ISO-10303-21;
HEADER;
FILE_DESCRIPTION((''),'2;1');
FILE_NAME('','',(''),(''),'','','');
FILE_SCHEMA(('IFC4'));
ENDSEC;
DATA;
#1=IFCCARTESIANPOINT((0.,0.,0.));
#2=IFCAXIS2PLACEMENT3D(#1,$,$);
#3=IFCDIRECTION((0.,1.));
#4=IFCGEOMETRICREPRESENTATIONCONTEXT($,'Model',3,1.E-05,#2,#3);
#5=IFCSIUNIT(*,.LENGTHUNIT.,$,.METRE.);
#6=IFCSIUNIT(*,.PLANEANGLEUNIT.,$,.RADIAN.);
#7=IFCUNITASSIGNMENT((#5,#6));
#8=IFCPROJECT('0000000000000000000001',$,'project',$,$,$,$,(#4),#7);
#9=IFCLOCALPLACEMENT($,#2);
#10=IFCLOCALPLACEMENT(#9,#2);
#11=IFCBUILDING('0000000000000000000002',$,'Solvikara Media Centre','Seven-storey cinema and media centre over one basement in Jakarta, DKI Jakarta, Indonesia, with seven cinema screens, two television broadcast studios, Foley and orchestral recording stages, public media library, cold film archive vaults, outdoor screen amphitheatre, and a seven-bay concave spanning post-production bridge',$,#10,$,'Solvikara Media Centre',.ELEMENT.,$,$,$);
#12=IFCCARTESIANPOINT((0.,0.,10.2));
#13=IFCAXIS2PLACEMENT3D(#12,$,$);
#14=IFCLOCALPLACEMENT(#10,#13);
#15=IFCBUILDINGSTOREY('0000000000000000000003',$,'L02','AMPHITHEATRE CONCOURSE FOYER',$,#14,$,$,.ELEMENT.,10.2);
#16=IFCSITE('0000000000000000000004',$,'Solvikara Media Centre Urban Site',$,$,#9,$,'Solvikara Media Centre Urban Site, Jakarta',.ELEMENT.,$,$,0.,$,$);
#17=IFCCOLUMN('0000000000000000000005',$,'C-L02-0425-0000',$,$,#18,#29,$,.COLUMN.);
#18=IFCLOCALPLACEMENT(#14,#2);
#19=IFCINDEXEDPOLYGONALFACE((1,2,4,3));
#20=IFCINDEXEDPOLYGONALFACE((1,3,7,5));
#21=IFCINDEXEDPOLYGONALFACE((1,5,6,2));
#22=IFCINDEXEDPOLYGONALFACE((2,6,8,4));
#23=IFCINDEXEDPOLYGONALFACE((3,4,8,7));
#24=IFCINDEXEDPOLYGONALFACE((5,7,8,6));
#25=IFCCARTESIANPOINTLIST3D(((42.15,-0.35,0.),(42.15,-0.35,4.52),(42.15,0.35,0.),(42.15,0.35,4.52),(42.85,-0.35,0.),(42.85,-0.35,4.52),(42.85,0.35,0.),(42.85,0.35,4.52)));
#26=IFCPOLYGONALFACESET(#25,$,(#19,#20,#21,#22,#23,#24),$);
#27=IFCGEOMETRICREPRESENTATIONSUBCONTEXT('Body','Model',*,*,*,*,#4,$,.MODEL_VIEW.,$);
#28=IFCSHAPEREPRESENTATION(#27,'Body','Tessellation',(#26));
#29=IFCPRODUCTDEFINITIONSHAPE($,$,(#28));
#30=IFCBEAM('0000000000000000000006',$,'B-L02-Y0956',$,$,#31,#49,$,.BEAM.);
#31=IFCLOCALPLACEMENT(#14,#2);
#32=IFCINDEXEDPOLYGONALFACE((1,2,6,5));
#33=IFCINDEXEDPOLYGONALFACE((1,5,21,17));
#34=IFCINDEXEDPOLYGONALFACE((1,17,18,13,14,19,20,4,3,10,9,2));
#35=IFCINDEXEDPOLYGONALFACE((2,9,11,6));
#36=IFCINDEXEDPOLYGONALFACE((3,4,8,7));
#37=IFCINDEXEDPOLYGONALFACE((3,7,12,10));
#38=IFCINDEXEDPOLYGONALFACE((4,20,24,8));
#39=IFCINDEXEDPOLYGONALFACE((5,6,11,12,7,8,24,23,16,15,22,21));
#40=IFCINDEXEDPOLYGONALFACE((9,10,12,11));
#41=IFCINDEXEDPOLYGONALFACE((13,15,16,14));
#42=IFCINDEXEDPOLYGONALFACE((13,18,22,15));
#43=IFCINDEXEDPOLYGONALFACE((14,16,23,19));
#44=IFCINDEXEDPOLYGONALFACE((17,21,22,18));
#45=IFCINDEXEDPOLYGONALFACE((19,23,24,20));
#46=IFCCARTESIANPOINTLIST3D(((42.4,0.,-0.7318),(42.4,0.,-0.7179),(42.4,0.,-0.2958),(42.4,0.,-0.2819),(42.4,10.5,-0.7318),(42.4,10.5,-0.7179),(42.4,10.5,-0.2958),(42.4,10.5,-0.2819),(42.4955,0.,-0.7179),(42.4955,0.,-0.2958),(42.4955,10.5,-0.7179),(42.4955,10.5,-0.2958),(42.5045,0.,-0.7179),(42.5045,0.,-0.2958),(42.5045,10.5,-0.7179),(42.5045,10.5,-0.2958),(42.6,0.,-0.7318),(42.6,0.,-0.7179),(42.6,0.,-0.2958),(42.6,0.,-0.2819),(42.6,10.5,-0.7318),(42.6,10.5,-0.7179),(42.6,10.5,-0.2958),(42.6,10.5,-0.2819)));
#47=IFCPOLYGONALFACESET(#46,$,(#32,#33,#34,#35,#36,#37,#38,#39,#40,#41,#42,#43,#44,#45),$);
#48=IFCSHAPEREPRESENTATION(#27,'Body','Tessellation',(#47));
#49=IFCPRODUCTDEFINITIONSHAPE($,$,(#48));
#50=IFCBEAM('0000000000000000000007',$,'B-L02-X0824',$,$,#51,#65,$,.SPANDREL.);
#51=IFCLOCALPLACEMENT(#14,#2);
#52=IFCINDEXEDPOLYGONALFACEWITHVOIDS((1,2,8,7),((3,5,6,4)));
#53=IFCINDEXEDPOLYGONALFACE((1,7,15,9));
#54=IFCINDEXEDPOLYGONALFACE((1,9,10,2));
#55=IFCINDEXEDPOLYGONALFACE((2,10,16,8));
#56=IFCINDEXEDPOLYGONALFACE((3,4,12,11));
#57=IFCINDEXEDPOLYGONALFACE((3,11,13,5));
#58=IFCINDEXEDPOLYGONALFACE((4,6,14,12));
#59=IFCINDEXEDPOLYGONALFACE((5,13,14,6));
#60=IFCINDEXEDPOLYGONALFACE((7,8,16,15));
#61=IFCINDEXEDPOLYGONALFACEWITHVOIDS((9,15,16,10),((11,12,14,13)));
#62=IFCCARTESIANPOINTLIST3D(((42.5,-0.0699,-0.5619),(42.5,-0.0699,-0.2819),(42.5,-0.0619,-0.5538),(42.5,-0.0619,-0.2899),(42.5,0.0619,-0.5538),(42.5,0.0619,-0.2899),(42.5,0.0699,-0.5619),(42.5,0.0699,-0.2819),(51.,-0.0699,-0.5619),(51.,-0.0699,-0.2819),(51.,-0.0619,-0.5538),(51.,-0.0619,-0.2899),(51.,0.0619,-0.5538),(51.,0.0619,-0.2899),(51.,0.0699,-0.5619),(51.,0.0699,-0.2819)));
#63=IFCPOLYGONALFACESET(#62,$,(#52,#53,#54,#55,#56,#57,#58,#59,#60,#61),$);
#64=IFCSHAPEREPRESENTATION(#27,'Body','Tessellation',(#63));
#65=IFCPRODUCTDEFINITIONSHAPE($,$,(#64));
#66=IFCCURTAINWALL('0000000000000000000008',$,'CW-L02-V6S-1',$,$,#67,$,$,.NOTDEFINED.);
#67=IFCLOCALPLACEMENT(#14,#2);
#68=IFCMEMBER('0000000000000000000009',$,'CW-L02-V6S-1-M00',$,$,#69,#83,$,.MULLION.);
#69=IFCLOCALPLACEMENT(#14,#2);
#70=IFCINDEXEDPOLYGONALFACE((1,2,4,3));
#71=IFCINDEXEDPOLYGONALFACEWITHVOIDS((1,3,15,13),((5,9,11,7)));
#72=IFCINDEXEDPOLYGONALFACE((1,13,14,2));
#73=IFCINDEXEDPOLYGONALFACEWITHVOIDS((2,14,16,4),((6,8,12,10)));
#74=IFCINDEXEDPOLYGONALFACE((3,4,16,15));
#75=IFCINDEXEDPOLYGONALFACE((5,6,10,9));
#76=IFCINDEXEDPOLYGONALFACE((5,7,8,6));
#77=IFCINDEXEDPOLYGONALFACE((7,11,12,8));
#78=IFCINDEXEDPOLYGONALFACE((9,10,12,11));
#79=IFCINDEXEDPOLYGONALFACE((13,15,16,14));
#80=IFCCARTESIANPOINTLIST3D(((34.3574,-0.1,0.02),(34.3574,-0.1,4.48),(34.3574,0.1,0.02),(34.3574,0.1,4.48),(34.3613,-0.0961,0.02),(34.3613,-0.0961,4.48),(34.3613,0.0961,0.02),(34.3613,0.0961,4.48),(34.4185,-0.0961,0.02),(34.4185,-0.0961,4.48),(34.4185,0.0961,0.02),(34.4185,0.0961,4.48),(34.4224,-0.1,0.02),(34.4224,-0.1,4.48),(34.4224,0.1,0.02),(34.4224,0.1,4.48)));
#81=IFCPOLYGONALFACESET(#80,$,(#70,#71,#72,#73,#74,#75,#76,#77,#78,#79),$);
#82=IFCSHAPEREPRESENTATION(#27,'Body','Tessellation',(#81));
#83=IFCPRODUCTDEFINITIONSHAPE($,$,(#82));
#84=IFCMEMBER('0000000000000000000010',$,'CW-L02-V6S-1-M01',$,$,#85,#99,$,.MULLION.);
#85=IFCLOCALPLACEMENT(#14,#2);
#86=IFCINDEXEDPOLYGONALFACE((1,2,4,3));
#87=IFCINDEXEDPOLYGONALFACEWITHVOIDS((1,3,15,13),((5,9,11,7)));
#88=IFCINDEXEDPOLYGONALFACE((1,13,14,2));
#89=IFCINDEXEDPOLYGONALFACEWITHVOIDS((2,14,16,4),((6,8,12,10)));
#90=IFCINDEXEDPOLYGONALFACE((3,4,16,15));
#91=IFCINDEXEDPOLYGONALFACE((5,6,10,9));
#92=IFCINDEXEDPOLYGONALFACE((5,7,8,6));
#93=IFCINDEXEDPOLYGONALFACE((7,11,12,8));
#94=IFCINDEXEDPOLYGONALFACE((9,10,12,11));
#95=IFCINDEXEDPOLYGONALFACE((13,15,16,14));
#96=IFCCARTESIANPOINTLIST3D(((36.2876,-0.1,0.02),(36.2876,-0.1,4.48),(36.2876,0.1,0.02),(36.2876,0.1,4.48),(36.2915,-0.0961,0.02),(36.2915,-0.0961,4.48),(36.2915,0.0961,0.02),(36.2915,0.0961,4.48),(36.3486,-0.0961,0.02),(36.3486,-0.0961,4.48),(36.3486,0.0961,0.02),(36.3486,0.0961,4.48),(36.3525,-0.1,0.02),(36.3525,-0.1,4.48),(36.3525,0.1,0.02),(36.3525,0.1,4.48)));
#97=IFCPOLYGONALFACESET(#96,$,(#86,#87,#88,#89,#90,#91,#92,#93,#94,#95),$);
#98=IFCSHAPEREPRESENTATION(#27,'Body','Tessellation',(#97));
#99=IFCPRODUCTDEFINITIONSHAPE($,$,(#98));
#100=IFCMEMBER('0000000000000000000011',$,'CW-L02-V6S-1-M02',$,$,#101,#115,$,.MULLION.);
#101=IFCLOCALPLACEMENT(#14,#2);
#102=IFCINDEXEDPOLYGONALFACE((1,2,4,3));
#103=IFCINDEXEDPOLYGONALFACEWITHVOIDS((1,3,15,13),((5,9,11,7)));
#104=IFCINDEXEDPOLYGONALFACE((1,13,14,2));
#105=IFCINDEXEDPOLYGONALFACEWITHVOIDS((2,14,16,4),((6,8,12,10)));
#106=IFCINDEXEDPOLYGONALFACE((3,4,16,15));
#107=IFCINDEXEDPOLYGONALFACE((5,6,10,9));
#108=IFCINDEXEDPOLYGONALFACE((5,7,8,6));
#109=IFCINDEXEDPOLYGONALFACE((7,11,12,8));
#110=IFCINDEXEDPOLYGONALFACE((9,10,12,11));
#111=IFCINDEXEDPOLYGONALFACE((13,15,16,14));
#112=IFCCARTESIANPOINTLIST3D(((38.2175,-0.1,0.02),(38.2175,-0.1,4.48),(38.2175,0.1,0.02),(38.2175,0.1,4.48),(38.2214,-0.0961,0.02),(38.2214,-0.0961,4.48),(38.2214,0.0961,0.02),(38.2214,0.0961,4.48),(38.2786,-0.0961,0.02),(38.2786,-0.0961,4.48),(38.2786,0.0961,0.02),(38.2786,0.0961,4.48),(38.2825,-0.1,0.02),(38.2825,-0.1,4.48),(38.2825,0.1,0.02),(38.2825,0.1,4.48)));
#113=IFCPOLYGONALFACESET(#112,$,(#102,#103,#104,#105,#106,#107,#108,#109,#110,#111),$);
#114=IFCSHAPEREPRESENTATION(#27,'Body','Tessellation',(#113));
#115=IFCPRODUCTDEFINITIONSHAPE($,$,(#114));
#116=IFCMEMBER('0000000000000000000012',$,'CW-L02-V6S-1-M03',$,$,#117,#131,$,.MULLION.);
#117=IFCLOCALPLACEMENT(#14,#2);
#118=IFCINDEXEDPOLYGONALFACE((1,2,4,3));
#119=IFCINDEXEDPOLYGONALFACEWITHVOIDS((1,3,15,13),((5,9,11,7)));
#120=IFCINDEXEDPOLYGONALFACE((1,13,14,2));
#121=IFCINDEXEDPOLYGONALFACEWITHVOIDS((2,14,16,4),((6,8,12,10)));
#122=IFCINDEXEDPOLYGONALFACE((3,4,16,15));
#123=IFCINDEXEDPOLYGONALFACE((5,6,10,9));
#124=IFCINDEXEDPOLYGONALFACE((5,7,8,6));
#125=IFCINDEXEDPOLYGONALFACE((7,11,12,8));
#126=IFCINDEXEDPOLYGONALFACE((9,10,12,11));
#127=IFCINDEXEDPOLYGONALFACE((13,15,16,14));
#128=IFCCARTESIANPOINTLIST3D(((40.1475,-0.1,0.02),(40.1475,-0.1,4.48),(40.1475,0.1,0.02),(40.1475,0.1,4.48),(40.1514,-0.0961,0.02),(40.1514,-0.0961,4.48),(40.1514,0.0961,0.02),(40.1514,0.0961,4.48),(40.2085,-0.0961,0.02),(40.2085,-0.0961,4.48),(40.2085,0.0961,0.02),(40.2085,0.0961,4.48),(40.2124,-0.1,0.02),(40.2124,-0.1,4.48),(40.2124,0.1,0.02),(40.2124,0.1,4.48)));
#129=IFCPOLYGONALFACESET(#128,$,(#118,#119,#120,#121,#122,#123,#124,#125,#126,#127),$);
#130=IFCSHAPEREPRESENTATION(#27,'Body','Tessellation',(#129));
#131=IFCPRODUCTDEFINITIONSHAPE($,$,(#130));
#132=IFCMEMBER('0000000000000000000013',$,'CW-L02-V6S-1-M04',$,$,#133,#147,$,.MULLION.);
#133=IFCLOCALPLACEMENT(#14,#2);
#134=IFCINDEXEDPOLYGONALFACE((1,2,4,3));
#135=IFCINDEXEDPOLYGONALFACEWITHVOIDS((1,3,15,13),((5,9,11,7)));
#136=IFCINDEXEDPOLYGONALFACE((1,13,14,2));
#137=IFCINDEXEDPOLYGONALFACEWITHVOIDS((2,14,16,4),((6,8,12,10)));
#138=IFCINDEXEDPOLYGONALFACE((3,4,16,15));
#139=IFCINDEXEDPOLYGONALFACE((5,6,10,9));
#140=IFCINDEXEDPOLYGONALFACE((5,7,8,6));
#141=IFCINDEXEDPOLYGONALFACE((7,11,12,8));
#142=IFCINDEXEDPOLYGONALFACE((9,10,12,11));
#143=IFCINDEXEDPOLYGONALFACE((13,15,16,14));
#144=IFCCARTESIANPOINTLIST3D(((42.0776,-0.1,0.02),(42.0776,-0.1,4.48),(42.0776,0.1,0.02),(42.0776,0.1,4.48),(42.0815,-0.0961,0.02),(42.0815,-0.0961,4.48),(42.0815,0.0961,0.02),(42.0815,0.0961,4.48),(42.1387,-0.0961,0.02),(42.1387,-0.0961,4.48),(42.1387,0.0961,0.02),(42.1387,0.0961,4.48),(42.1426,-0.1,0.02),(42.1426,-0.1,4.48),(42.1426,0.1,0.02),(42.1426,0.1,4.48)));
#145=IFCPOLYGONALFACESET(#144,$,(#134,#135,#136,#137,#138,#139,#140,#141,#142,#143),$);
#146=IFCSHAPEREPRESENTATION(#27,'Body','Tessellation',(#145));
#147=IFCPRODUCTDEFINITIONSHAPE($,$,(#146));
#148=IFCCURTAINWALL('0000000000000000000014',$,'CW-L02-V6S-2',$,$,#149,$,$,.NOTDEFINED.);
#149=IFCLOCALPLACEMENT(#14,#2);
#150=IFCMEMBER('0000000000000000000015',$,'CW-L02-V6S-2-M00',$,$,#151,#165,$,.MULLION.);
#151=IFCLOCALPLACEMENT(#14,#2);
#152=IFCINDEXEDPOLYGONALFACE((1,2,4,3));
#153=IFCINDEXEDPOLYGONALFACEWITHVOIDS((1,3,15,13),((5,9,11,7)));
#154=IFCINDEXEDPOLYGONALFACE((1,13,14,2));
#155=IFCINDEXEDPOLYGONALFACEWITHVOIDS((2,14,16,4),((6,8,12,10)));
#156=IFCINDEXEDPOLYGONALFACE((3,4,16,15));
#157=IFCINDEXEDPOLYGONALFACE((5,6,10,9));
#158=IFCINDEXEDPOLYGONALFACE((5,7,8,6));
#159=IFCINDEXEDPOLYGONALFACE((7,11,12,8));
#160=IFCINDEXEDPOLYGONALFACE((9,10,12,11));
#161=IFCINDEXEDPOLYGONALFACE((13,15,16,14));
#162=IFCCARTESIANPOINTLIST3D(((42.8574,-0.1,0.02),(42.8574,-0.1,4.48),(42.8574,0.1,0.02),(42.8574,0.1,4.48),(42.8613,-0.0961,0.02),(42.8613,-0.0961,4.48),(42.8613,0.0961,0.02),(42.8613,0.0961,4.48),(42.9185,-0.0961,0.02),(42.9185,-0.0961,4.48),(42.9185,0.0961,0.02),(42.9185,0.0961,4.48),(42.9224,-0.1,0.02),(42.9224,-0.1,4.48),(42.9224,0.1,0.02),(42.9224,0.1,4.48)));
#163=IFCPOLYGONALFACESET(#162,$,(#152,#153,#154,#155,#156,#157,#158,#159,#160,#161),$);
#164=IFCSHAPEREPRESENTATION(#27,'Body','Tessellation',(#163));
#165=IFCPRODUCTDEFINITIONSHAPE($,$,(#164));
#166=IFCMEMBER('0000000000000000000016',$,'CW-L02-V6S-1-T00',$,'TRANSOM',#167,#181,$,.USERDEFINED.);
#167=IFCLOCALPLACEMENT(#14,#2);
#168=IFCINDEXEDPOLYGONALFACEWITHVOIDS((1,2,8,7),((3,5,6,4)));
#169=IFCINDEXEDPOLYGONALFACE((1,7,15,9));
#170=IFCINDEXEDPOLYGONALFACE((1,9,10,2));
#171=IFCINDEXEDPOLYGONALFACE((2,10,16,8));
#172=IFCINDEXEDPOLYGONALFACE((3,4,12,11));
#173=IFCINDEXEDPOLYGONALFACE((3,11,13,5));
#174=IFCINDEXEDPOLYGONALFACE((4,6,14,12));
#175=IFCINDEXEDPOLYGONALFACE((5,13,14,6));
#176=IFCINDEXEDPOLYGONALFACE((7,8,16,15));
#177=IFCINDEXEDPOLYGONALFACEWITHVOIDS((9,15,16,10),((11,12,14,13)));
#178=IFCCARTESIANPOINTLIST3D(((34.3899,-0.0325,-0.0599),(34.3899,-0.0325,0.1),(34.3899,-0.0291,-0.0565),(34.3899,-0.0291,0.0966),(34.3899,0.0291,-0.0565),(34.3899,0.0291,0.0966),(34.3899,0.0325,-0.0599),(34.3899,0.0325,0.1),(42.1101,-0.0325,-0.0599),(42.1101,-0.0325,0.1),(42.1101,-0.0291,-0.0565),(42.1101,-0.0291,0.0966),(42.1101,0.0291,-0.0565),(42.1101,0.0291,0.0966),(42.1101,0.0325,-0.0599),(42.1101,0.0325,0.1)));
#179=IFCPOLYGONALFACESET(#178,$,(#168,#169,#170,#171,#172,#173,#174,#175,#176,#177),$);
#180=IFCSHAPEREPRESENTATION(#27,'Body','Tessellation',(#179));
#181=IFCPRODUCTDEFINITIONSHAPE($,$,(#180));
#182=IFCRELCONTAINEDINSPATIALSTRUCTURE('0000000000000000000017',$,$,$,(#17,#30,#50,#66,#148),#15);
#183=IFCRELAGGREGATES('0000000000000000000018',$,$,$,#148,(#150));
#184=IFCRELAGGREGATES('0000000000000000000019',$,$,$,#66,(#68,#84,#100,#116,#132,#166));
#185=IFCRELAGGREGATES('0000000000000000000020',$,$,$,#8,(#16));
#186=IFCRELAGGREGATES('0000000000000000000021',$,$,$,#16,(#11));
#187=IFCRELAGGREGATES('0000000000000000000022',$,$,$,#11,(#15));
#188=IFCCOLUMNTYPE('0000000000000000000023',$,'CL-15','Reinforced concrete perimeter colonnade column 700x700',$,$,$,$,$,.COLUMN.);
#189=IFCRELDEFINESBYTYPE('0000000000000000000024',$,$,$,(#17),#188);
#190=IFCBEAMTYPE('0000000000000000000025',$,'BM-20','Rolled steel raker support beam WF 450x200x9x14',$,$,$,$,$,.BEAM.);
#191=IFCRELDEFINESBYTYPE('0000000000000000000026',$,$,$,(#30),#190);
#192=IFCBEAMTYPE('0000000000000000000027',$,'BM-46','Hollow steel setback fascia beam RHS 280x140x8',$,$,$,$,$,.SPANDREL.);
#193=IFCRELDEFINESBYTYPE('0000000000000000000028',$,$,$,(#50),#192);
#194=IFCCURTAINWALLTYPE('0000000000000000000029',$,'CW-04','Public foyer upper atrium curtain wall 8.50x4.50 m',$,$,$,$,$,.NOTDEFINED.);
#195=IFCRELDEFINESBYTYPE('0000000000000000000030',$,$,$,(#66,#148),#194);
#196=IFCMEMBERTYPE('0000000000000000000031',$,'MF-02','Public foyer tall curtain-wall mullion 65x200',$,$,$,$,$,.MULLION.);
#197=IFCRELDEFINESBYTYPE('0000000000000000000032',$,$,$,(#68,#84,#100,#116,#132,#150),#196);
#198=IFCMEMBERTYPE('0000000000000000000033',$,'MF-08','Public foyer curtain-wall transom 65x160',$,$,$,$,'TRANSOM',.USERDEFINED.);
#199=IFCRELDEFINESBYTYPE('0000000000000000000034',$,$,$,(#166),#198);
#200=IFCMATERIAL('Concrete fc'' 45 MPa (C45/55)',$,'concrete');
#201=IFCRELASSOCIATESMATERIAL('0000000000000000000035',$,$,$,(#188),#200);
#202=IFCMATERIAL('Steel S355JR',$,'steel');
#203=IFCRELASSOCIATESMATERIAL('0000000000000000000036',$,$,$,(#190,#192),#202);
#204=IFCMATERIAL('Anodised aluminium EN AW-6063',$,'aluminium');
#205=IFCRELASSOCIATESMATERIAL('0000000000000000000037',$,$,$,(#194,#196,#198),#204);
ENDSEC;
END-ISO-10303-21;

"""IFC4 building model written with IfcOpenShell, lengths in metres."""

from ifc_helpers import new_model, si_unit, direction, frame, origin, origin_2d, place, context, subcontext, project, spatial, rectangle, hollow_rectangle, i_section, extrude, material, material_profile, profile_set, type_object, element, aggregate, save


model = new_model("IFC4")

# Units and contexts
model_context = context("Model", 3, precision=1e-05, world=origin(), true_north=direction((0.0, 1.0)))
body_context = subcontext(model_context, "Body", "Model", "MODEL_VIEW")
ifc_project = project(units=[si_unit("LENGTHUNIT", "METRE"), si_unit("PLANEANGLEUNIT", "RADIAN")], contexts=[model_context])

# Site, building, storey
site_placement = place(None, origin())
site = spatial("IfcSite", under=ifc_project, at=site_placement, Name="Solvikara Media Centre Urban Site", LongName="Solvikara Media Centre Urban Site, Jakarta", CompositionType="ELEMENT", RefElevation=0.0)
building_placement = place(site_placement, origin())
building = spatial("IfcBuilding", under=site, at=building_placement, Name="Solvikara Media Centre", Description="Seven-storey cinema and media centre over one basement in Jakarta, DKI Jakarta, Indonesia, with seven cinema screens, two television broadcast studios, Foley and orchestral recording stages, public media library, cold film archive vaults, outdoor screen amphitheatre, and a seven-bay concave spanning post-production bridge", LongName="Solvikara Media Centre", CompositionType="ELEMENT")
storey_placement = place(building_placement, frame((0.0, 0.0, 10.2)))
storey = spatial("IfcBuildingStorey", under=building, at=storey_placement, Name="L02", Description="AMPHITHEATRE CONCOURSE FOYER", CompositionType="ELEMENT", Elevation=10.2)

# Column
ifc_material_1 = material(Name="Concrete fc' 45 MPa (C45/55)", Category="concrete")
ifc_material_profile_1 = material_profile(ifc_material_1, rectangle(XDim=0.7, YDim=0.7, at=origin_2d()), Name="RC 700x700")
ifc_profile_set_1 = profile_set([ifc_material_profile_1], Name="Concrete fc' 45 MPa (C45/55)")
column_type = type_object("IfcColumnType", Name="CL-15", Description="Reinforced concrete perimeter colonnade column 700x700", PredefinedType="COLUMN", material=ifc_profile_set_1)
column_placement = place(storey_placement, frame((42.5, 0.0, 0.0), z_axis=(0.0, 0.0, 1.0), x_axis=(1.0, 0.0, 0.0)))
element("IfcColumn", 1, at=column_placement, inside=storey, type_object=column_type, Name="C-L02-0425-0000", PredefinedType="COLUMN", context=body_context, shape_type="SweptSolid", body=[
    extrude(rectangle(XDim=0.7, YDim=0.7, at=origin_2d()), origin(), (0.0, 0.0, 1.0), 4.52),
])

# Beams
ifc_material_2 = material(Name="Steel S355JR", Category="steel")
ifc_material_profile_2 = material_profile(ifc_material_2, i_section(OverallWidth=0.2, OverallDepth=0.45, WebThickness=0.009, FlangeThickness=0.0139, at=origin_2d()), Name="WF 450x200x9x14")
ifc_profile_set_2 = profile_set([ifc_material_profile_2], Name="Steel S355JR")
beam_type_1 = type_object("IfcBeamType", Name="BM-20", Description="Rolled steel raker support beam WF 450x200x9x14", PredefinedType="BEAM", material=ifc_profile_set_2)
beam_1_placement = place(storey_placement, frame((42.5, 0.0, -0.5068), z_axis=(0.0, 1.0, 0.0), x_axis=(-1.0, 0.0, 0.0)))
element("IfcBeam", 2, at=beam_1_placement, inside=storey, type_object=beam_type_1, Name="B-L02-Y0956", PredefinedType="BEAM", context=body_context, shape_type="SweptSolid", body=[
    extrude(i_section(OverallWidth=0.2, OverallDepth=0.45, WebThickness=0.009, FlangeThickness=0.0139, at=origin_2d()), origin(), (0.0, 0.0, 1.0), 10.5),
])
ifc_material_profile_3 = material_profile(ifc_material_2, hollow_rectangle(XDim=0.1399, YDim=0.28, WallThickness=0.0081, at=origin_2d()), Name="RHS 280x140x8")
ifc_profile_set_3 = profile_set([ifc_material_profile_3], Name="Steel S355JR")
beam_type_2 = type_object("IfcBeamType", Name="BM-46", Description="Hollow steel setback fascia beam RHS 280x140x8", PredefinedType="SPANDREL", material=ifc_profile_set_3)
beam_2_placement = place(storey_placement, frame((42.5, 0.0, -0.4219), z_axis=(1.0, 0.0, 0.0), x_axis=(0.0, 1.0, 0.0)))
element("IfcBeam", 3, at=beam_2_placement, inside=storey, type_object=beam_type_2, Name="B-L02-X0824", PredefinedType="SPANDREL", context=body_context, shape_type="SweptSolid", body=[
    extrude(hollow_rectangle(XDim=0.1399, YDim=0.28, WallThickness=0.0081, at=origin_2d()), origin(), (0.0, 0.0, 1.0), 8.5),
])

# Curtain wall, members
ifc_material_3 = material(Name="Anodised aluminium EN AW-6063", Category="aluminium")
curtain_wall_type = type_object("IfcCurtainWallType", Name="CW-04", Description="Public foyer upper atrium curtain wall 8.50x4.50 m", PredefinedType="NOTDEFINED", material=ifc_material_3)
curtain_wall_1_placement = place(storey_placement, origin())
curtain_wall_1 = element("IfcCurtainWall", 4, at=curtain_wall_1_placement, inside=storey, type_object=curtain_wall_type, Name="CW-L02-V6S-1", PredefinedType="NOTDEFINED")
ifc_material_profile_4 = material_profile(ifc_material_3, hollow_rectangle(XDim=0.0649, YDim=0.2, WallThickness=0.0039, at=origin_2d()), Name="ALU-M 65x200x4")
ifc_profile_set_4 = profile_set([ifc_material_profile_4], Name="Anodised aluminium EN AW-6063")
member_type_1 = type_object("IfcMemberType", Name="MF-02", Description="Public foyer tall curtain-wall mullion 65x200", PredefinedType="MULLION", material=ifc_profile_set_4)
member_1_placement = place(storey_placement, frame((34.3899, 0.0, 0.02), z_axis=(0.0, 0.0, 1.0), x_axis=(1.0, 0.0, 0.0)))
member_1 = element("IfcMember", 5, at=member_1_placement, type_object=member_type_1, Name="CW-L02-V6S-1-M00", PredefinedType="MULLION", context=body_context, shape_type="SweptSolid", body=[
    extrude(hollow_rectangle(XDim=0.0649, YDim=0.2, WallThickness=0.0039, at=origin_2d()), origin(), (0.0, 0.0, 1.0), 4.46),
])
member_2_placement = place(storey_placement, frame((36.3201, 0.0, 0.02), z_axis=(0.0, 0.0, 1.0), x_axis=(1.0, 0.0, 0.0)))
member_2 = element("IfcMember", 6, at=member_2_placement, type_object=member_type_1, Name="CW-L02-V6S-1-M01", PredefinedType="MULLION", context=body_context, shape_type="SweptSolid", body=[
    extrude(hollow_rectangle(XDim=0.0649, YDim=0.2, WallThickness=0.0039, at=origin_2d()), origin(), (0.0, 0.0, 1.0), 4.46),
])
member_3_placement = place(storey_placement, frame((38.25, 0.0, 0.02), z_axis=(0.0, 0.0, 1.0), x_axis=(1.0, 0.0, 0.0)))
member_3 = element("IfcMember", 7, at=member_3_placement, type_object=member_type_1, Name="CW-L02-V6S-1-M02", PredefinedType="MULLION", context=body_context, shape_type="SweptSolid", body=[
    extrude(hollow_rectangle(XDim=0.0649, YDim=0.2, WallThickness=0.0039, at=origin_2d()), origin(), (0.0, 0.0, 1.0), 4.46),
])
member_4_placement = place(storey_placement, frame((40.1799, 0.0, 0.02), z_axis=(0.0, 0.0, 1.0), x_axis=(1.0, 0.0, 0.0)))
member_4 = element("IfcMember", 8, at=member_4_placement, type_object=member_type_1, Name="CW-L02-V6S-1-M03", PredefinedType="MULLION", context=body_context, shape_type="SweptSolid", body=[
    extrude(hollow_rectangle(XDim=0.0649, YDim=0.2, WallThickness=0.0039, at=origin_2d()), origin(), (0.0, 0.0, 1.0), 4.46),
])
member_5_placement = place(storey_placement, frame((42.1101, 0.0, 0.02), z_axis=(0.0, 0.0, 1.0), x_axis=(1.0, 0.0, 0.0)))
member_5 = element("IfcMember", 9, at=member_5_placement, type_object=member_type_1, Name="CW-L02-V6S-1-M04", PredefinedType="MULLION", context=body_context, shape_type="SweptSolid", body=[
    extrude(hollow_rectangle(XDim=0.0649, YDim=0.2, WallThickness=0.0039, at=origin_2d()), origin(), (0.0, 0.0, 1.0), 4.46),
])

# Curtain wall, member
curtain_wall_2_placement = place(storey_placement, origin())
curtain_wall_2 = element("IfcCurtainWall", 10, at=curtain_wall_2_placement, inside=storey, type_object=curtain_wall_type, Name="CW-L02-V6S-2", PredefinedType="NOTDEFINED")
member_6_placement = place(storey_placement, frame((42.8899, 0.0, 0.02), z_axis=(0.0, 0.0, 1.0), x_axis=(1.0, 0.0, 0.0)))
member_6 = element("IfcMember", 11, at=member_6_placement, type_object=member_type_1, Name="CW-L02-V6S-2-M00", PredefinedType="MULLION", context=body_context, shape_type="SweptSolid", body=[
    extrude(hollow_rectangle(XDim=0.0649, YDim=0.2, WallThickness=0.0039, at=origin_2d()), origin(), (0.0, 0.0, 1.0), 4.46),
])

# Member
ifc_material_profile_5 = material_profile(ifc_material_3, hollow_rectangle(XDim=0.0649, YDim=0.1599, WallThickness=0.0034, at=origin_2d()), Name="ALU-T 65x160x3.5")
ifc_profile_set_5 = profile_set([ifc_material_profile_5], Name="Anodised aluminium EN AW-6063")
member_type_2 = type_object("IfcMemberType", Name="MF-08", Description="Public foyer curtain-wall transom 65x160", ElementType="TRANSOM", PredefinedType="USERDEFINED", material=ifc_profile_set_5)
member_7_placement = place(storey_placement, frame((34.3899, 0.0, 0.02), z_axis=(1.0, 0.0, 0.0), x_axis=(0.0, 1.0, 0.0)))
member_7 = element("IfcMember", 12, at=member_7_placement, type_object=member_type_2, Name="CW-L02-V6S-1-T00", ObjectType="TRANSOM", PredefinedType="USERDEFINED", context=body_context, shape_type="SweptSolid", body=[
    extrude(hollow_rectangle(XDim=0.0649, YDim=0.1599, WallThickness=0.0034, at=origin_2d()), origin(), (0.0, 0.0, 1.0), 7.7202),
])
aggregate(curtain_wall_2, [member_6])

aggregate(curtain_wall_1, [member_1, member_2, member_3, member_4, member_5, member_7])

save(model, "model.ifc")
